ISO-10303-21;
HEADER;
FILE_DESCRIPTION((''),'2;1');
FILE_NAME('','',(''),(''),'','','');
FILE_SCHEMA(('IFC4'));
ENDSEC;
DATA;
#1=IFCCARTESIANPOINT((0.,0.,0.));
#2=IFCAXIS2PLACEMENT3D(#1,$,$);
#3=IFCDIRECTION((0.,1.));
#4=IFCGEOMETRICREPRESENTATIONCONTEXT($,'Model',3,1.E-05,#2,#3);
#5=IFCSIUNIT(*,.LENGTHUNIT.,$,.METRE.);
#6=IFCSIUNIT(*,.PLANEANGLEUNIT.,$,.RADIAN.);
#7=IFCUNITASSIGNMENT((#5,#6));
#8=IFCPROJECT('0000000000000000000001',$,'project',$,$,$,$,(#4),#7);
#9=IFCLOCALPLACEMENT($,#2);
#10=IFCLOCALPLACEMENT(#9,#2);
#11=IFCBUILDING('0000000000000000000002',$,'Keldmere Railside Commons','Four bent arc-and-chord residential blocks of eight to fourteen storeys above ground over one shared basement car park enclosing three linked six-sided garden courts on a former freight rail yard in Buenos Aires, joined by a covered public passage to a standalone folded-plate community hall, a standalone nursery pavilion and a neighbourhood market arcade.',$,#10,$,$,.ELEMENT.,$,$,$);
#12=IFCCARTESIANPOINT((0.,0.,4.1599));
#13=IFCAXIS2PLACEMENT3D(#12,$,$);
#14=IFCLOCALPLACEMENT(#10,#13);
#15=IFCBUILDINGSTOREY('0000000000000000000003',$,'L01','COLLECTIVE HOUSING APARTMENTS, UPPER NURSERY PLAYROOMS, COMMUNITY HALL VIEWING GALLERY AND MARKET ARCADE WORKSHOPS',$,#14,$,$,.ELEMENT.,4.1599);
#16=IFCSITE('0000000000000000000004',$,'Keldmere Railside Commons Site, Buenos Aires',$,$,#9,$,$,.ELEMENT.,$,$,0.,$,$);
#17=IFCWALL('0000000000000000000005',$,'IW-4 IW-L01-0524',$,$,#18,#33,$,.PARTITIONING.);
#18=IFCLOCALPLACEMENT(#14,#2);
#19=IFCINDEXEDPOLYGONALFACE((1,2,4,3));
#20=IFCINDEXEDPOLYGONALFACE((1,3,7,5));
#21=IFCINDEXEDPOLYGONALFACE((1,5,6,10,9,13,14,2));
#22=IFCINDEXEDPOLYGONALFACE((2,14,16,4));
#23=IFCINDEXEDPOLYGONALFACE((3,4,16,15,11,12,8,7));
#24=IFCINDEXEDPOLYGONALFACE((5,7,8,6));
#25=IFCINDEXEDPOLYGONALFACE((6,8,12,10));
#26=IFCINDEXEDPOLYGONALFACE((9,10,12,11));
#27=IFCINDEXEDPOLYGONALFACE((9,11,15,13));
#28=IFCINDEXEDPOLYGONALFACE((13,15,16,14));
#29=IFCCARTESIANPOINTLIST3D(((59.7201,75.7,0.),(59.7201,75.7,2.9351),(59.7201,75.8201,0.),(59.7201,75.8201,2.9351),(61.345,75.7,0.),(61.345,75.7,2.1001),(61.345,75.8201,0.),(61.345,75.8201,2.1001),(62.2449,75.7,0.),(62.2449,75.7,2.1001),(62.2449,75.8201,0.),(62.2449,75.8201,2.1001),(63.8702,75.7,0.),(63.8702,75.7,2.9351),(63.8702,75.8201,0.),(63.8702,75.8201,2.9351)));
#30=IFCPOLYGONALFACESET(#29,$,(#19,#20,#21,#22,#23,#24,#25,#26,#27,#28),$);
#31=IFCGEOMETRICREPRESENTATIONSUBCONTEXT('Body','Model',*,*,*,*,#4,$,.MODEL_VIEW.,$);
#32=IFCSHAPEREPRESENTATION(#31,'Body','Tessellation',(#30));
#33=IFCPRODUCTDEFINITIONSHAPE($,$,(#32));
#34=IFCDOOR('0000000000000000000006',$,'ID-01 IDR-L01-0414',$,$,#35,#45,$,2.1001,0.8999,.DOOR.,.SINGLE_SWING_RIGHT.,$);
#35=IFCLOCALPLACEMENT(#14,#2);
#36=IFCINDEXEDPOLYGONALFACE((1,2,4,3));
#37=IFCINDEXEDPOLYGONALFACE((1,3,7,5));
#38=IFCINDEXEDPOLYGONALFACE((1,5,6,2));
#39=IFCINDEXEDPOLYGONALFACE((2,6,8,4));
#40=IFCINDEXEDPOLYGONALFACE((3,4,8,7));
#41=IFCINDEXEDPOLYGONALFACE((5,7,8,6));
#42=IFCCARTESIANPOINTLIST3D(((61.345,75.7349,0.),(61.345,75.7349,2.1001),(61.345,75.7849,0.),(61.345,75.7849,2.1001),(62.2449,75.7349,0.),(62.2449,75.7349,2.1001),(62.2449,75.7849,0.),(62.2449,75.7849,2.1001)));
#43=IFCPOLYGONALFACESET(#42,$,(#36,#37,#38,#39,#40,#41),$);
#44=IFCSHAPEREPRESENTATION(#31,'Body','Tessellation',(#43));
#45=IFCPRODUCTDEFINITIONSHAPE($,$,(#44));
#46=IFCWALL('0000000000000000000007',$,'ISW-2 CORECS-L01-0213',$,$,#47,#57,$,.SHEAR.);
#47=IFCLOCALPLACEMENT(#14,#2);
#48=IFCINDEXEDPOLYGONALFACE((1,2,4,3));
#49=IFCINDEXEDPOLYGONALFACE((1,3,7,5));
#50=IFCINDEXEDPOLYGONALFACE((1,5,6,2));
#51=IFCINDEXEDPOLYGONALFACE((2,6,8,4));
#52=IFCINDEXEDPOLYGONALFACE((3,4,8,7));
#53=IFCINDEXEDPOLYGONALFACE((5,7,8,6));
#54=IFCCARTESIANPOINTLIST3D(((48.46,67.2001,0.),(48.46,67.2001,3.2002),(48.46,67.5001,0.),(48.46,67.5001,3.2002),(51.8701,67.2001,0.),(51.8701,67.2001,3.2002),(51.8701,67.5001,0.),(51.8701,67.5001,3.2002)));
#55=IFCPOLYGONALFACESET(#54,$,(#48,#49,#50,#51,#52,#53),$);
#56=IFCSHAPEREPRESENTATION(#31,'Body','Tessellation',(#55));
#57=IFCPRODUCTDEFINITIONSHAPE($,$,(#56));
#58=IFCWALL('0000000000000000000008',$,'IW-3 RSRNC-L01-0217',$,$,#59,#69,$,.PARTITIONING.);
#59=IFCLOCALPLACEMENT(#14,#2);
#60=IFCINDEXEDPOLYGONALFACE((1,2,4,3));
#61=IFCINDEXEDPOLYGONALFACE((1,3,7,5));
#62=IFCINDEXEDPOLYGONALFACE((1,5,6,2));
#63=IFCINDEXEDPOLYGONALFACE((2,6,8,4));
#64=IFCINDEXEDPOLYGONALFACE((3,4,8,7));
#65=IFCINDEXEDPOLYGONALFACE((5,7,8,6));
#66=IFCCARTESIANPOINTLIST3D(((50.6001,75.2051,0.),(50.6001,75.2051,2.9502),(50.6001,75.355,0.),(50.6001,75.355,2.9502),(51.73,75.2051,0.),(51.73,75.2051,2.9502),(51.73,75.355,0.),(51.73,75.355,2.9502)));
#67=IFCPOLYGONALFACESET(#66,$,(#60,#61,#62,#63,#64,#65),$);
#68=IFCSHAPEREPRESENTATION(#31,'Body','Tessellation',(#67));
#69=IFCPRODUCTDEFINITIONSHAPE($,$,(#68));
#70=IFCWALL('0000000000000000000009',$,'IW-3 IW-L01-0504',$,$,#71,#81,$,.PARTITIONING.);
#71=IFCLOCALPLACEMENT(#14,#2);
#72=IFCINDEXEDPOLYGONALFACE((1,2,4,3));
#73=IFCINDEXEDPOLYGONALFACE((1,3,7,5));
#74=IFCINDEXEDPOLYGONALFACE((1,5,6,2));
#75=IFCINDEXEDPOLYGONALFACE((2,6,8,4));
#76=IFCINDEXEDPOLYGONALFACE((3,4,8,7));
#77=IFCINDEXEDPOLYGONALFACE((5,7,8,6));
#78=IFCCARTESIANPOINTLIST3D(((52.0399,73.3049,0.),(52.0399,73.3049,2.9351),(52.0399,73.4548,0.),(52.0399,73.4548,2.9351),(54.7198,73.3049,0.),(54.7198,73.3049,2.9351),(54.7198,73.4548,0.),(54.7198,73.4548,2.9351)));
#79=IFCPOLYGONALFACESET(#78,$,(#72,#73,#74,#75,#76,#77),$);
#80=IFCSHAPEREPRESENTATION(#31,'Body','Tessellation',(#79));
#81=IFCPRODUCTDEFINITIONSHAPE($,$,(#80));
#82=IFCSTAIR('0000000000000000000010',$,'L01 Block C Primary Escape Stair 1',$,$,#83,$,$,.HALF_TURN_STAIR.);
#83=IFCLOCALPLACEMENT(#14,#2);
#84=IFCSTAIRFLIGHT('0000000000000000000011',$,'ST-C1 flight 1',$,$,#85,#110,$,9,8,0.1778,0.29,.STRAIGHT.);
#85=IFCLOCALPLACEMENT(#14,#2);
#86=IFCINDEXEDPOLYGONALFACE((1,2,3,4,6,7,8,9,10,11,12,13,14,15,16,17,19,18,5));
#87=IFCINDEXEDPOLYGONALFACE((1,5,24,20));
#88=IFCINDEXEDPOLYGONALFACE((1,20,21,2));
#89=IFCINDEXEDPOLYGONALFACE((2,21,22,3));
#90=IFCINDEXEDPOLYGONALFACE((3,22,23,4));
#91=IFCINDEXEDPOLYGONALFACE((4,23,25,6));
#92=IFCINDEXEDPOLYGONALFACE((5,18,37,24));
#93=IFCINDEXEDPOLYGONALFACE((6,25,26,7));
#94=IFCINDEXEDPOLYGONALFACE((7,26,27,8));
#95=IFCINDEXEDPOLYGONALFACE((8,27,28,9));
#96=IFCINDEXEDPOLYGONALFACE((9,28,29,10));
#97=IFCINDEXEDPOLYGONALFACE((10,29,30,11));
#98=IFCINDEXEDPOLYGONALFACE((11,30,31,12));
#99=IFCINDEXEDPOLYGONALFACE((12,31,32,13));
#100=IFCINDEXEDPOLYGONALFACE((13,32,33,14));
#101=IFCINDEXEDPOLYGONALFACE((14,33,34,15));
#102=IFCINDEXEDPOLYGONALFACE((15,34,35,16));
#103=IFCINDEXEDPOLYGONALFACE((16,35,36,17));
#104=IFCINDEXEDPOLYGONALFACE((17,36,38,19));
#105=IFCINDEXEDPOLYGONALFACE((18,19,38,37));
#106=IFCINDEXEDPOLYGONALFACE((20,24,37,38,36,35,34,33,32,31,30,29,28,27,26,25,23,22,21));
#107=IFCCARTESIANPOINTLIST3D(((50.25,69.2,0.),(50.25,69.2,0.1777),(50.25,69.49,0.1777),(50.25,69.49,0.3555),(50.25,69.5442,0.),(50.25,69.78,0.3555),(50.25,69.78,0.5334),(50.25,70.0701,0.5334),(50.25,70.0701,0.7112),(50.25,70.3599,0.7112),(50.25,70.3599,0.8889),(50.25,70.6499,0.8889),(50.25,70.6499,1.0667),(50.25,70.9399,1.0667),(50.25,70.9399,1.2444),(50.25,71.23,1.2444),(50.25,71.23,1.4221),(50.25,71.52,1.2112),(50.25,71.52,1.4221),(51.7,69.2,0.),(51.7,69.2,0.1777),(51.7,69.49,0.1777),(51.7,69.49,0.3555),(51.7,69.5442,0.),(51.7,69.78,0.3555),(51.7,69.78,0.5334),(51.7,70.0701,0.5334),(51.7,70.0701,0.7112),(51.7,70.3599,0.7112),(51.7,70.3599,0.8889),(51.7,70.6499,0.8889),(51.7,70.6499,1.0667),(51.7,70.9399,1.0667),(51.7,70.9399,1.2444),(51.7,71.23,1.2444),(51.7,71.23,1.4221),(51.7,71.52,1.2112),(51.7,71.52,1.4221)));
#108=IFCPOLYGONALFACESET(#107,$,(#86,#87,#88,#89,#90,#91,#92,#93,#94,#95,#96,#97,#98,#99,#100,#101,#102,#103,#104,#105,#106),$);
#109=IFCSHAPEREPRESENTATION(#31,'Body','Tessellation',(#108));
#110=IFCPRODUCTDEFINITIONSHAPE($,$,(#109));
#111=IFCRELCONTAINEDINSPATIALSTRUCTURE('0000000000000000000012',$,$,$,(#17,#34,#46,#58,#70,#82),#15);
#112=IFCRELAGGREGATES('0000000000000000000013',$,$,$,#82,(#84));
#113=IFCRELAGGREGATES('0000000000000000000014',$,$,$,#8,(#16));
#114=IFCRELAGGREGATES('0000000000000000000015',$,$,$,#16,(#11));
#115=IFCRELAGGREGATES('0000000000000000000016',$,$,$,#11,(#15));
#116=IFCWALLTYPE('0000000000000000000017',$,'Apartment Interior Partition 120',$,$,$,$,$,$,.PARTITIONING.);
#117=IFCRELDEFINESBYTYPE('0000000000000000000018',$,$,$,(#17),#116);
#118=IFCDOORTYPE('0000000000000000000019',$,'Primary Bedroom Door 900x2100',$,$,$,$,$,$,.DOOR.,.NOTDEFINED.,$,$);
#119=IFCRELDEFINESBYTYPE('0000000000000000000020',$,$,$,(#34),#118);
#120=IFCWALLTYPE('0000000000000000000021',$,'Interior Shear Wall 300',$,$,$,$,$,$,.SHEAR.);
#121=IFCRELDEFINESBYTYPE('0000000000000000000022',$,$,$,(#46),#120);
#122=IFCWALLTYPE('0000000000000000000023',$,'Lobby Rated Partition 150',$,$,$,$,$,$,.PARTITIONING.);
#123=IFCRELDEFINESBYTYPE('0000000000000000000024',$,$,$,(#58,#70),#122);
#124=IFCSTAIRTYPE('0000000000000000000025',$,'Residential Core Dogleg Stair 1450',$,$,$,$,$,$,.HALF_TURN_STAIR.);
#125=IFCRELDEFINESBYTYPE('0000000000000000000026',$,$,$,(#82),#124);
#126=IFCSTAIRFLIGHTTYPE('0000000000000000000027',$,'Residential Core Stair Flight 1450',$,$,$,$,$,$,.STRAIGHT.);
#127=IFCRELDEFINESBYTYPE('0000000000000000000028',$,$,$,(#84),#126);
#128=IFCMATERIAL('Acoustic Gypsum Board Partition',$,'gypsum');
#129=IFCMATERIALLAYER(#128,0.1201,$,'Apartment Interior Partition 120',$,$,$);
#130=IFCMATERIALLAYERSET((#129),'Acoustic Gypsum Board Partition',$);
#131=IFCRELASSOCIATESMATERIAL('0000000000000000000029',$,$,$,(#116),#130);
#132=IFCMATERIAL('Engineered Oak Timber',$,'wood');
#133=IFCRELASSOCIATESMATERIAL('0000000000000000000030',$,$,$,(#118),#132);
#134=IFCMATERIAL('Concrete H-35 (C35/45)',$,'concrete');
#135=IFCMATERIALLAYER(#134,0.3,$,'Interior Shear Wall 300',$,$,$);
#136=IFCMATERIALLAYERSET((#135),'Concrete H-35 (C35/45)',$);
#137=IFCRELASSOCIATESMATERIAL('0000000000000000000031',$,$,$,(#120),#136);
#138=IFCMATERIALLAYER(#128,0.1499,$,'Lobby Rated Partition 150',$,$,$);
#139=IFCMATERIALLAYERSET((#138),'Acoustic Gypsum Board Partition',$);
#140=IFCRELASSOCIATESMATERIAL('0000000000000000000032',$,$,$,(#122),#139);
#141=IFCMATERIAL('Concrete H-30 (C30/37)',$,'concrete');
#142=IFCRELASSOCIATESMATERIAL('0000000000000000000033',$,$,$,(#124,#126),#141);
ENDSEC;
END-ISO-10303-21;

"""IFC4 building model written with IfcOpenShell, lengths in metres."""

from ifc_helpers import new_model, si_unit, direction, frame, frame_2d, origin, place, context, subcontext, project, spatial, polyline, rectangle, outline, extrude, material, layer, layer_set, type_object, element, fill, aggregate, save


model = new_model("IFC4")

# Units and contexts
model_context = context("Model", 3, precision=1e-05, world=origin(), true_north=direction((0.0, 1.0)))
body_context = subcontext(model_context, "Body", "Model", "MODEL_VIEW")
ifc_project = project(units=[si_unit("LENGTHUNIT", "METRE"), si_unit("PLANEANGLEUNIT", "RADIAN")], contexts=[model_context])

# Site, building, storey
site_placement = place(None, origin())
site = spatial("IfcSite", under=ifc_project, at=site_placement, Name="Keldmere Railside Commons Site, Buenos Aires", CompositionType="ELEMENT", RefElevation=0.0)
building_placement = place(site_placement, origin())
building = spatial("IfcBuilding", under=site, at=building_placement, Name="Keldmere Railside Commons", Description="Four bent arc-and-chord residential blocks of eight to fourteen storeys above ground over one shared basement car park enclosing three linked six-sided garden courts on a former freight rail yard in Buenos Aires, joined by a covered public passage to a standalone folded-plate community hall, a standalone nursery pavilion and a neighbourhood market arcade.", CompositionType="ELEMENT")
storey_placement = place(building_placement, frame((0.0, 0.0, 4.1599)))
storey = spatial("IfcBuildingStorey", under=building, at=storey_placement, Name="L01", Description="COLLECTIVE HOUSING APARTMENTS, UPPER NURSERY PLAYROOMS, COMMUNITY HALL VIEWING GALLERY AND MARKET ARCADE WORKSHOPS", CompositionType="ELEMENT", Elevation=4.1599)

# Shared definitions
ifc_material_1 = material(Name="Concrete H-30 (C30/37)", Category="concrete")

# Shared definitions
ifc_material_2 = material(Name="Acoustic Gypsum Board Partition", Category="gypsum")

# Shared definitions
ifc_layer_1 = layer(ifc_material_2, 0.1201, Name="Apartment Interior Partition 120")
ifc_layer_set_1 = layer_set([ifc_layer_1], Name="Acoustic Gypsum Board Partition")
wall_type_1 = type_object("IfcWallType", Name="Apartment Interior Partition 120", PredefinedType="PARTITIONING", material=ifc_layer_set_1)
ifc_material_3 = material(Name="Engineered Oak Timber", Category="wood")

# Wall, opening, door
wall_1_placement = place(storey_placement, frame((59.72, 75.76, 0.0), z_axis=(0.0, 0.0, 1.0), x_axis=(1.0, 0.0, 0.0)))
wall_1 = element("IfcWall", 1, at=wall_1_placement, inside=storey, type_object=wall_type_1, Name="IW-4 IW-L01-0524", PredefinedType="PARTITIONING", context=body_context, shape_type="SweptSolid", body=[
    extrude(rectangle(XDim=4.1501, YDim=0.1201, at=frame_2d((2.0752, 0.0))), origin(), (0.0, 0.0, 1.0), 2.9351),
])
opening_1_placement = place(wall_1_placement, frame((1.625, 0.0, 0.0)))
opening_1 = element("IfcOpeningElement", 2, at=opening_1_placement, cuts=wall_1, PredefinedType="OPENING", context=body_context, shape_type="SweptSolid", body=[
    extrude(rectangle(XDim=0.8999, YDim=2.1001, at=frame_2d((0.45, 1.05))), frame((0.0, 0.0701, 0.0), z_axis=(0.0, -1.0, 0.0), x_axis=(1.0, 0.0, 0.0)), (0.0, 0.0, 1.0), 0.1401),
])
door_type_1 = type_object("IfcDoorType", Name="Primary Bedroom Door 900x2100", OperationType="NOTDEFINED", PredefinedType="DOOR", material=ifc_material_3)
door_1_placement = place(opening_1_placement, origin())
door_1 = element("IfcDoor", 3, at=door_1_placement, inside=storey, type_object=door_type_1, Name="ID-01 IDR-L01-0414", OperationType="SINGLE_SWING_RIGHT", OverallHeight=2.1001, OverallWidth=0.8999, PredefinedType="DOOR", context=body_context, shape_type="SweptSolid", body=[
    extrude(rectangle(XDim=0.8999, YDim=2.1001, at=frame_2d((0.45, 1.05))), frame((0.0, 0.0249, 0.0), z_axis=(0.0, -1.0, 0.0), x_axis=(1.0, 0.0, 0.0)), (0.0, 0.0, 1.0), 0.05),
])
fill(opening_1, door_1)

# Shared definitions
ifc_material_4 = material(Name="Concrete H-35 (C35/45)", Category="concrete")

# Walls
ifc_layer_2 = layer(ifc_material_4, 0.3, Name="Interior Shear Wall 300")
ifc_layer_set_2 = layer_set([ifc_layer_2], Name="Concrete H-35 (C35/45)")
wall_type_2 = type_object("IfcWallType", Name="Interior Shear Wall 300", PredefinedType="SHEAR", material=ifc_layer_set_2)
wall_2_placement = place(storey_placement, frame((51.8701, 67.3501, 0.0), z_axis=(0.0, 0.0, 1.0), x_axis=(-1.0, 0.0, 0.0)))
element("IfcWall", 4, at=wall_2_placement, inside=storey, type_object=wall_type_2, Name="ISW-2 CORECS-L01-0213", PredefinedType="SHEAR", context=body_context, shape_type="SweptSolid", body=[
    extrude(rectangle(XDim=3.4102, YDim=0.3, at=frame_2d((1.7051, 0.0))), origin(), (0.0, 0.0, 1.0), 3.2002),
])
ifc_layer_3 = layer(ifc_material_2, 0.1499, Name="Lobby Rated Partition 150")
ifc_layer_set_3 = layer_set([ifc_layer_3], Name="Acoustic Gypsum Board Partition")
wall_type_3 = type_object("IfcWallType", Name="Lobby Rated Partition 150", PredefinedType="PARTITIONING", material=ifc_layer_set_3)
wall_3_placement = place(storey_placement, frame((50.6001, 75.28, 0.0), z_axis=(0.0, 0.0, 1.0), x_axis=(1.0, 0.0, 0.0)))
element("IfcWall", 5, at=wall_3_placement, inside=storey, type_object=wall_type_3, Name="IW-3 RSRNC-L01-0217", PredefinedType="PARTITIONING", context=body_context, shape_type="SweptSolid", body=[
    extrude(rectangle(XDim=1.1299, YDim=0.1499, at=frame_2d((0.5649, 0.0))), origin(), (0.0, 0.0, 1.0), 2.9502),
])
wall_4_placement = place(storey_placement, frame((52.04, 73.3799, 0.0), z_axis=(0.0, 0.0, 1.0), x_axis=(1.0, 0.0, 0.0)))
element("IfcWall", 6, at=wall_4_placement, inside=storey, type_object=wall_type_3, Name="IW-3 IW-L01-0504", PredefinedType="PARTITIONING", context=body_context, shape_type="SweptSolid", body=[
    extrude(rectangle(XDim=2.6799, YDim=0.1499, at=frame_2d((1.3398, 0.0))), origin(), (0.0, 0.0, 1.0), 2.9351),
])

# Stair, stair flight
stair_type = type_object("IfcStairType", Name="Residential Core Dogleg Stair 1450", PredefinedType="HALF_TURN_STAIR", material=ifc_material_1)
stair_placement = place(storey_placement, origin())
stair = element("IfcStair", 7, at=stair_placement, inside=storey, type_object=stair_type, Name="L01 Block C Primary Escape Stair 1", PredefinedType="HALF_TURN_STAIR")
stair_flight_type = type_object("IfcStairFlightType", Name="Residential Core Stair Flight 1450", PredefinedType="STRAIGHT", material=ifc_material_1)
stair_flight_placement = place(storey_placement, frame((50.9751, 69.2, 0.0), z_axis=(0.0, 0.0, 1.0), x_axis=(0.0, 1.0, 0.0)))
stair_flight = element("IfcStairFlight", 8, at=stair_flight_placement, type_object=stair_flight_type, Name="ST-C1 flight 1", NumberOfRisers=9, NumberOfTreads=8, PredefinedType="STRAIGHT", RiserHeight=0.1778, TreadLength=0.29, context=body_context, shape_type="SweptSolid", body=[
    extrude(outline(polyline([(0.0, 0.0), (0.0, 0.1777), (0.29, 0.1777), (0.29, 0.3555), (0.5801, 0.3555), (0.5801, 0.5334), (0.8701, 0.5334), (0.8701, 0.7112), (1.1599, 0.7112), (1.1599, 0.8889), (1.45, 0.8889), (1.45, 1.0667), (1.74, 1.0667), (1.74, 1.2444), (2.03, 1.2444), (2.03, 1.4221), (2.3201, 1.4221), (2.3201, 1.6001), (2.3201, 1.2112), (0.3442, 0.0), (0.0, 0.0)])), frame((0.0, 0.7251, 0.0), z_axis=(0.0, -1.0, 0.0), x_axis=(1.0, 0.0, 0.0)), (0.0, 0.0, 1.0), 1.45),
])
aggregate(stair, [stair_flight])

save(model, "model.ifc")
